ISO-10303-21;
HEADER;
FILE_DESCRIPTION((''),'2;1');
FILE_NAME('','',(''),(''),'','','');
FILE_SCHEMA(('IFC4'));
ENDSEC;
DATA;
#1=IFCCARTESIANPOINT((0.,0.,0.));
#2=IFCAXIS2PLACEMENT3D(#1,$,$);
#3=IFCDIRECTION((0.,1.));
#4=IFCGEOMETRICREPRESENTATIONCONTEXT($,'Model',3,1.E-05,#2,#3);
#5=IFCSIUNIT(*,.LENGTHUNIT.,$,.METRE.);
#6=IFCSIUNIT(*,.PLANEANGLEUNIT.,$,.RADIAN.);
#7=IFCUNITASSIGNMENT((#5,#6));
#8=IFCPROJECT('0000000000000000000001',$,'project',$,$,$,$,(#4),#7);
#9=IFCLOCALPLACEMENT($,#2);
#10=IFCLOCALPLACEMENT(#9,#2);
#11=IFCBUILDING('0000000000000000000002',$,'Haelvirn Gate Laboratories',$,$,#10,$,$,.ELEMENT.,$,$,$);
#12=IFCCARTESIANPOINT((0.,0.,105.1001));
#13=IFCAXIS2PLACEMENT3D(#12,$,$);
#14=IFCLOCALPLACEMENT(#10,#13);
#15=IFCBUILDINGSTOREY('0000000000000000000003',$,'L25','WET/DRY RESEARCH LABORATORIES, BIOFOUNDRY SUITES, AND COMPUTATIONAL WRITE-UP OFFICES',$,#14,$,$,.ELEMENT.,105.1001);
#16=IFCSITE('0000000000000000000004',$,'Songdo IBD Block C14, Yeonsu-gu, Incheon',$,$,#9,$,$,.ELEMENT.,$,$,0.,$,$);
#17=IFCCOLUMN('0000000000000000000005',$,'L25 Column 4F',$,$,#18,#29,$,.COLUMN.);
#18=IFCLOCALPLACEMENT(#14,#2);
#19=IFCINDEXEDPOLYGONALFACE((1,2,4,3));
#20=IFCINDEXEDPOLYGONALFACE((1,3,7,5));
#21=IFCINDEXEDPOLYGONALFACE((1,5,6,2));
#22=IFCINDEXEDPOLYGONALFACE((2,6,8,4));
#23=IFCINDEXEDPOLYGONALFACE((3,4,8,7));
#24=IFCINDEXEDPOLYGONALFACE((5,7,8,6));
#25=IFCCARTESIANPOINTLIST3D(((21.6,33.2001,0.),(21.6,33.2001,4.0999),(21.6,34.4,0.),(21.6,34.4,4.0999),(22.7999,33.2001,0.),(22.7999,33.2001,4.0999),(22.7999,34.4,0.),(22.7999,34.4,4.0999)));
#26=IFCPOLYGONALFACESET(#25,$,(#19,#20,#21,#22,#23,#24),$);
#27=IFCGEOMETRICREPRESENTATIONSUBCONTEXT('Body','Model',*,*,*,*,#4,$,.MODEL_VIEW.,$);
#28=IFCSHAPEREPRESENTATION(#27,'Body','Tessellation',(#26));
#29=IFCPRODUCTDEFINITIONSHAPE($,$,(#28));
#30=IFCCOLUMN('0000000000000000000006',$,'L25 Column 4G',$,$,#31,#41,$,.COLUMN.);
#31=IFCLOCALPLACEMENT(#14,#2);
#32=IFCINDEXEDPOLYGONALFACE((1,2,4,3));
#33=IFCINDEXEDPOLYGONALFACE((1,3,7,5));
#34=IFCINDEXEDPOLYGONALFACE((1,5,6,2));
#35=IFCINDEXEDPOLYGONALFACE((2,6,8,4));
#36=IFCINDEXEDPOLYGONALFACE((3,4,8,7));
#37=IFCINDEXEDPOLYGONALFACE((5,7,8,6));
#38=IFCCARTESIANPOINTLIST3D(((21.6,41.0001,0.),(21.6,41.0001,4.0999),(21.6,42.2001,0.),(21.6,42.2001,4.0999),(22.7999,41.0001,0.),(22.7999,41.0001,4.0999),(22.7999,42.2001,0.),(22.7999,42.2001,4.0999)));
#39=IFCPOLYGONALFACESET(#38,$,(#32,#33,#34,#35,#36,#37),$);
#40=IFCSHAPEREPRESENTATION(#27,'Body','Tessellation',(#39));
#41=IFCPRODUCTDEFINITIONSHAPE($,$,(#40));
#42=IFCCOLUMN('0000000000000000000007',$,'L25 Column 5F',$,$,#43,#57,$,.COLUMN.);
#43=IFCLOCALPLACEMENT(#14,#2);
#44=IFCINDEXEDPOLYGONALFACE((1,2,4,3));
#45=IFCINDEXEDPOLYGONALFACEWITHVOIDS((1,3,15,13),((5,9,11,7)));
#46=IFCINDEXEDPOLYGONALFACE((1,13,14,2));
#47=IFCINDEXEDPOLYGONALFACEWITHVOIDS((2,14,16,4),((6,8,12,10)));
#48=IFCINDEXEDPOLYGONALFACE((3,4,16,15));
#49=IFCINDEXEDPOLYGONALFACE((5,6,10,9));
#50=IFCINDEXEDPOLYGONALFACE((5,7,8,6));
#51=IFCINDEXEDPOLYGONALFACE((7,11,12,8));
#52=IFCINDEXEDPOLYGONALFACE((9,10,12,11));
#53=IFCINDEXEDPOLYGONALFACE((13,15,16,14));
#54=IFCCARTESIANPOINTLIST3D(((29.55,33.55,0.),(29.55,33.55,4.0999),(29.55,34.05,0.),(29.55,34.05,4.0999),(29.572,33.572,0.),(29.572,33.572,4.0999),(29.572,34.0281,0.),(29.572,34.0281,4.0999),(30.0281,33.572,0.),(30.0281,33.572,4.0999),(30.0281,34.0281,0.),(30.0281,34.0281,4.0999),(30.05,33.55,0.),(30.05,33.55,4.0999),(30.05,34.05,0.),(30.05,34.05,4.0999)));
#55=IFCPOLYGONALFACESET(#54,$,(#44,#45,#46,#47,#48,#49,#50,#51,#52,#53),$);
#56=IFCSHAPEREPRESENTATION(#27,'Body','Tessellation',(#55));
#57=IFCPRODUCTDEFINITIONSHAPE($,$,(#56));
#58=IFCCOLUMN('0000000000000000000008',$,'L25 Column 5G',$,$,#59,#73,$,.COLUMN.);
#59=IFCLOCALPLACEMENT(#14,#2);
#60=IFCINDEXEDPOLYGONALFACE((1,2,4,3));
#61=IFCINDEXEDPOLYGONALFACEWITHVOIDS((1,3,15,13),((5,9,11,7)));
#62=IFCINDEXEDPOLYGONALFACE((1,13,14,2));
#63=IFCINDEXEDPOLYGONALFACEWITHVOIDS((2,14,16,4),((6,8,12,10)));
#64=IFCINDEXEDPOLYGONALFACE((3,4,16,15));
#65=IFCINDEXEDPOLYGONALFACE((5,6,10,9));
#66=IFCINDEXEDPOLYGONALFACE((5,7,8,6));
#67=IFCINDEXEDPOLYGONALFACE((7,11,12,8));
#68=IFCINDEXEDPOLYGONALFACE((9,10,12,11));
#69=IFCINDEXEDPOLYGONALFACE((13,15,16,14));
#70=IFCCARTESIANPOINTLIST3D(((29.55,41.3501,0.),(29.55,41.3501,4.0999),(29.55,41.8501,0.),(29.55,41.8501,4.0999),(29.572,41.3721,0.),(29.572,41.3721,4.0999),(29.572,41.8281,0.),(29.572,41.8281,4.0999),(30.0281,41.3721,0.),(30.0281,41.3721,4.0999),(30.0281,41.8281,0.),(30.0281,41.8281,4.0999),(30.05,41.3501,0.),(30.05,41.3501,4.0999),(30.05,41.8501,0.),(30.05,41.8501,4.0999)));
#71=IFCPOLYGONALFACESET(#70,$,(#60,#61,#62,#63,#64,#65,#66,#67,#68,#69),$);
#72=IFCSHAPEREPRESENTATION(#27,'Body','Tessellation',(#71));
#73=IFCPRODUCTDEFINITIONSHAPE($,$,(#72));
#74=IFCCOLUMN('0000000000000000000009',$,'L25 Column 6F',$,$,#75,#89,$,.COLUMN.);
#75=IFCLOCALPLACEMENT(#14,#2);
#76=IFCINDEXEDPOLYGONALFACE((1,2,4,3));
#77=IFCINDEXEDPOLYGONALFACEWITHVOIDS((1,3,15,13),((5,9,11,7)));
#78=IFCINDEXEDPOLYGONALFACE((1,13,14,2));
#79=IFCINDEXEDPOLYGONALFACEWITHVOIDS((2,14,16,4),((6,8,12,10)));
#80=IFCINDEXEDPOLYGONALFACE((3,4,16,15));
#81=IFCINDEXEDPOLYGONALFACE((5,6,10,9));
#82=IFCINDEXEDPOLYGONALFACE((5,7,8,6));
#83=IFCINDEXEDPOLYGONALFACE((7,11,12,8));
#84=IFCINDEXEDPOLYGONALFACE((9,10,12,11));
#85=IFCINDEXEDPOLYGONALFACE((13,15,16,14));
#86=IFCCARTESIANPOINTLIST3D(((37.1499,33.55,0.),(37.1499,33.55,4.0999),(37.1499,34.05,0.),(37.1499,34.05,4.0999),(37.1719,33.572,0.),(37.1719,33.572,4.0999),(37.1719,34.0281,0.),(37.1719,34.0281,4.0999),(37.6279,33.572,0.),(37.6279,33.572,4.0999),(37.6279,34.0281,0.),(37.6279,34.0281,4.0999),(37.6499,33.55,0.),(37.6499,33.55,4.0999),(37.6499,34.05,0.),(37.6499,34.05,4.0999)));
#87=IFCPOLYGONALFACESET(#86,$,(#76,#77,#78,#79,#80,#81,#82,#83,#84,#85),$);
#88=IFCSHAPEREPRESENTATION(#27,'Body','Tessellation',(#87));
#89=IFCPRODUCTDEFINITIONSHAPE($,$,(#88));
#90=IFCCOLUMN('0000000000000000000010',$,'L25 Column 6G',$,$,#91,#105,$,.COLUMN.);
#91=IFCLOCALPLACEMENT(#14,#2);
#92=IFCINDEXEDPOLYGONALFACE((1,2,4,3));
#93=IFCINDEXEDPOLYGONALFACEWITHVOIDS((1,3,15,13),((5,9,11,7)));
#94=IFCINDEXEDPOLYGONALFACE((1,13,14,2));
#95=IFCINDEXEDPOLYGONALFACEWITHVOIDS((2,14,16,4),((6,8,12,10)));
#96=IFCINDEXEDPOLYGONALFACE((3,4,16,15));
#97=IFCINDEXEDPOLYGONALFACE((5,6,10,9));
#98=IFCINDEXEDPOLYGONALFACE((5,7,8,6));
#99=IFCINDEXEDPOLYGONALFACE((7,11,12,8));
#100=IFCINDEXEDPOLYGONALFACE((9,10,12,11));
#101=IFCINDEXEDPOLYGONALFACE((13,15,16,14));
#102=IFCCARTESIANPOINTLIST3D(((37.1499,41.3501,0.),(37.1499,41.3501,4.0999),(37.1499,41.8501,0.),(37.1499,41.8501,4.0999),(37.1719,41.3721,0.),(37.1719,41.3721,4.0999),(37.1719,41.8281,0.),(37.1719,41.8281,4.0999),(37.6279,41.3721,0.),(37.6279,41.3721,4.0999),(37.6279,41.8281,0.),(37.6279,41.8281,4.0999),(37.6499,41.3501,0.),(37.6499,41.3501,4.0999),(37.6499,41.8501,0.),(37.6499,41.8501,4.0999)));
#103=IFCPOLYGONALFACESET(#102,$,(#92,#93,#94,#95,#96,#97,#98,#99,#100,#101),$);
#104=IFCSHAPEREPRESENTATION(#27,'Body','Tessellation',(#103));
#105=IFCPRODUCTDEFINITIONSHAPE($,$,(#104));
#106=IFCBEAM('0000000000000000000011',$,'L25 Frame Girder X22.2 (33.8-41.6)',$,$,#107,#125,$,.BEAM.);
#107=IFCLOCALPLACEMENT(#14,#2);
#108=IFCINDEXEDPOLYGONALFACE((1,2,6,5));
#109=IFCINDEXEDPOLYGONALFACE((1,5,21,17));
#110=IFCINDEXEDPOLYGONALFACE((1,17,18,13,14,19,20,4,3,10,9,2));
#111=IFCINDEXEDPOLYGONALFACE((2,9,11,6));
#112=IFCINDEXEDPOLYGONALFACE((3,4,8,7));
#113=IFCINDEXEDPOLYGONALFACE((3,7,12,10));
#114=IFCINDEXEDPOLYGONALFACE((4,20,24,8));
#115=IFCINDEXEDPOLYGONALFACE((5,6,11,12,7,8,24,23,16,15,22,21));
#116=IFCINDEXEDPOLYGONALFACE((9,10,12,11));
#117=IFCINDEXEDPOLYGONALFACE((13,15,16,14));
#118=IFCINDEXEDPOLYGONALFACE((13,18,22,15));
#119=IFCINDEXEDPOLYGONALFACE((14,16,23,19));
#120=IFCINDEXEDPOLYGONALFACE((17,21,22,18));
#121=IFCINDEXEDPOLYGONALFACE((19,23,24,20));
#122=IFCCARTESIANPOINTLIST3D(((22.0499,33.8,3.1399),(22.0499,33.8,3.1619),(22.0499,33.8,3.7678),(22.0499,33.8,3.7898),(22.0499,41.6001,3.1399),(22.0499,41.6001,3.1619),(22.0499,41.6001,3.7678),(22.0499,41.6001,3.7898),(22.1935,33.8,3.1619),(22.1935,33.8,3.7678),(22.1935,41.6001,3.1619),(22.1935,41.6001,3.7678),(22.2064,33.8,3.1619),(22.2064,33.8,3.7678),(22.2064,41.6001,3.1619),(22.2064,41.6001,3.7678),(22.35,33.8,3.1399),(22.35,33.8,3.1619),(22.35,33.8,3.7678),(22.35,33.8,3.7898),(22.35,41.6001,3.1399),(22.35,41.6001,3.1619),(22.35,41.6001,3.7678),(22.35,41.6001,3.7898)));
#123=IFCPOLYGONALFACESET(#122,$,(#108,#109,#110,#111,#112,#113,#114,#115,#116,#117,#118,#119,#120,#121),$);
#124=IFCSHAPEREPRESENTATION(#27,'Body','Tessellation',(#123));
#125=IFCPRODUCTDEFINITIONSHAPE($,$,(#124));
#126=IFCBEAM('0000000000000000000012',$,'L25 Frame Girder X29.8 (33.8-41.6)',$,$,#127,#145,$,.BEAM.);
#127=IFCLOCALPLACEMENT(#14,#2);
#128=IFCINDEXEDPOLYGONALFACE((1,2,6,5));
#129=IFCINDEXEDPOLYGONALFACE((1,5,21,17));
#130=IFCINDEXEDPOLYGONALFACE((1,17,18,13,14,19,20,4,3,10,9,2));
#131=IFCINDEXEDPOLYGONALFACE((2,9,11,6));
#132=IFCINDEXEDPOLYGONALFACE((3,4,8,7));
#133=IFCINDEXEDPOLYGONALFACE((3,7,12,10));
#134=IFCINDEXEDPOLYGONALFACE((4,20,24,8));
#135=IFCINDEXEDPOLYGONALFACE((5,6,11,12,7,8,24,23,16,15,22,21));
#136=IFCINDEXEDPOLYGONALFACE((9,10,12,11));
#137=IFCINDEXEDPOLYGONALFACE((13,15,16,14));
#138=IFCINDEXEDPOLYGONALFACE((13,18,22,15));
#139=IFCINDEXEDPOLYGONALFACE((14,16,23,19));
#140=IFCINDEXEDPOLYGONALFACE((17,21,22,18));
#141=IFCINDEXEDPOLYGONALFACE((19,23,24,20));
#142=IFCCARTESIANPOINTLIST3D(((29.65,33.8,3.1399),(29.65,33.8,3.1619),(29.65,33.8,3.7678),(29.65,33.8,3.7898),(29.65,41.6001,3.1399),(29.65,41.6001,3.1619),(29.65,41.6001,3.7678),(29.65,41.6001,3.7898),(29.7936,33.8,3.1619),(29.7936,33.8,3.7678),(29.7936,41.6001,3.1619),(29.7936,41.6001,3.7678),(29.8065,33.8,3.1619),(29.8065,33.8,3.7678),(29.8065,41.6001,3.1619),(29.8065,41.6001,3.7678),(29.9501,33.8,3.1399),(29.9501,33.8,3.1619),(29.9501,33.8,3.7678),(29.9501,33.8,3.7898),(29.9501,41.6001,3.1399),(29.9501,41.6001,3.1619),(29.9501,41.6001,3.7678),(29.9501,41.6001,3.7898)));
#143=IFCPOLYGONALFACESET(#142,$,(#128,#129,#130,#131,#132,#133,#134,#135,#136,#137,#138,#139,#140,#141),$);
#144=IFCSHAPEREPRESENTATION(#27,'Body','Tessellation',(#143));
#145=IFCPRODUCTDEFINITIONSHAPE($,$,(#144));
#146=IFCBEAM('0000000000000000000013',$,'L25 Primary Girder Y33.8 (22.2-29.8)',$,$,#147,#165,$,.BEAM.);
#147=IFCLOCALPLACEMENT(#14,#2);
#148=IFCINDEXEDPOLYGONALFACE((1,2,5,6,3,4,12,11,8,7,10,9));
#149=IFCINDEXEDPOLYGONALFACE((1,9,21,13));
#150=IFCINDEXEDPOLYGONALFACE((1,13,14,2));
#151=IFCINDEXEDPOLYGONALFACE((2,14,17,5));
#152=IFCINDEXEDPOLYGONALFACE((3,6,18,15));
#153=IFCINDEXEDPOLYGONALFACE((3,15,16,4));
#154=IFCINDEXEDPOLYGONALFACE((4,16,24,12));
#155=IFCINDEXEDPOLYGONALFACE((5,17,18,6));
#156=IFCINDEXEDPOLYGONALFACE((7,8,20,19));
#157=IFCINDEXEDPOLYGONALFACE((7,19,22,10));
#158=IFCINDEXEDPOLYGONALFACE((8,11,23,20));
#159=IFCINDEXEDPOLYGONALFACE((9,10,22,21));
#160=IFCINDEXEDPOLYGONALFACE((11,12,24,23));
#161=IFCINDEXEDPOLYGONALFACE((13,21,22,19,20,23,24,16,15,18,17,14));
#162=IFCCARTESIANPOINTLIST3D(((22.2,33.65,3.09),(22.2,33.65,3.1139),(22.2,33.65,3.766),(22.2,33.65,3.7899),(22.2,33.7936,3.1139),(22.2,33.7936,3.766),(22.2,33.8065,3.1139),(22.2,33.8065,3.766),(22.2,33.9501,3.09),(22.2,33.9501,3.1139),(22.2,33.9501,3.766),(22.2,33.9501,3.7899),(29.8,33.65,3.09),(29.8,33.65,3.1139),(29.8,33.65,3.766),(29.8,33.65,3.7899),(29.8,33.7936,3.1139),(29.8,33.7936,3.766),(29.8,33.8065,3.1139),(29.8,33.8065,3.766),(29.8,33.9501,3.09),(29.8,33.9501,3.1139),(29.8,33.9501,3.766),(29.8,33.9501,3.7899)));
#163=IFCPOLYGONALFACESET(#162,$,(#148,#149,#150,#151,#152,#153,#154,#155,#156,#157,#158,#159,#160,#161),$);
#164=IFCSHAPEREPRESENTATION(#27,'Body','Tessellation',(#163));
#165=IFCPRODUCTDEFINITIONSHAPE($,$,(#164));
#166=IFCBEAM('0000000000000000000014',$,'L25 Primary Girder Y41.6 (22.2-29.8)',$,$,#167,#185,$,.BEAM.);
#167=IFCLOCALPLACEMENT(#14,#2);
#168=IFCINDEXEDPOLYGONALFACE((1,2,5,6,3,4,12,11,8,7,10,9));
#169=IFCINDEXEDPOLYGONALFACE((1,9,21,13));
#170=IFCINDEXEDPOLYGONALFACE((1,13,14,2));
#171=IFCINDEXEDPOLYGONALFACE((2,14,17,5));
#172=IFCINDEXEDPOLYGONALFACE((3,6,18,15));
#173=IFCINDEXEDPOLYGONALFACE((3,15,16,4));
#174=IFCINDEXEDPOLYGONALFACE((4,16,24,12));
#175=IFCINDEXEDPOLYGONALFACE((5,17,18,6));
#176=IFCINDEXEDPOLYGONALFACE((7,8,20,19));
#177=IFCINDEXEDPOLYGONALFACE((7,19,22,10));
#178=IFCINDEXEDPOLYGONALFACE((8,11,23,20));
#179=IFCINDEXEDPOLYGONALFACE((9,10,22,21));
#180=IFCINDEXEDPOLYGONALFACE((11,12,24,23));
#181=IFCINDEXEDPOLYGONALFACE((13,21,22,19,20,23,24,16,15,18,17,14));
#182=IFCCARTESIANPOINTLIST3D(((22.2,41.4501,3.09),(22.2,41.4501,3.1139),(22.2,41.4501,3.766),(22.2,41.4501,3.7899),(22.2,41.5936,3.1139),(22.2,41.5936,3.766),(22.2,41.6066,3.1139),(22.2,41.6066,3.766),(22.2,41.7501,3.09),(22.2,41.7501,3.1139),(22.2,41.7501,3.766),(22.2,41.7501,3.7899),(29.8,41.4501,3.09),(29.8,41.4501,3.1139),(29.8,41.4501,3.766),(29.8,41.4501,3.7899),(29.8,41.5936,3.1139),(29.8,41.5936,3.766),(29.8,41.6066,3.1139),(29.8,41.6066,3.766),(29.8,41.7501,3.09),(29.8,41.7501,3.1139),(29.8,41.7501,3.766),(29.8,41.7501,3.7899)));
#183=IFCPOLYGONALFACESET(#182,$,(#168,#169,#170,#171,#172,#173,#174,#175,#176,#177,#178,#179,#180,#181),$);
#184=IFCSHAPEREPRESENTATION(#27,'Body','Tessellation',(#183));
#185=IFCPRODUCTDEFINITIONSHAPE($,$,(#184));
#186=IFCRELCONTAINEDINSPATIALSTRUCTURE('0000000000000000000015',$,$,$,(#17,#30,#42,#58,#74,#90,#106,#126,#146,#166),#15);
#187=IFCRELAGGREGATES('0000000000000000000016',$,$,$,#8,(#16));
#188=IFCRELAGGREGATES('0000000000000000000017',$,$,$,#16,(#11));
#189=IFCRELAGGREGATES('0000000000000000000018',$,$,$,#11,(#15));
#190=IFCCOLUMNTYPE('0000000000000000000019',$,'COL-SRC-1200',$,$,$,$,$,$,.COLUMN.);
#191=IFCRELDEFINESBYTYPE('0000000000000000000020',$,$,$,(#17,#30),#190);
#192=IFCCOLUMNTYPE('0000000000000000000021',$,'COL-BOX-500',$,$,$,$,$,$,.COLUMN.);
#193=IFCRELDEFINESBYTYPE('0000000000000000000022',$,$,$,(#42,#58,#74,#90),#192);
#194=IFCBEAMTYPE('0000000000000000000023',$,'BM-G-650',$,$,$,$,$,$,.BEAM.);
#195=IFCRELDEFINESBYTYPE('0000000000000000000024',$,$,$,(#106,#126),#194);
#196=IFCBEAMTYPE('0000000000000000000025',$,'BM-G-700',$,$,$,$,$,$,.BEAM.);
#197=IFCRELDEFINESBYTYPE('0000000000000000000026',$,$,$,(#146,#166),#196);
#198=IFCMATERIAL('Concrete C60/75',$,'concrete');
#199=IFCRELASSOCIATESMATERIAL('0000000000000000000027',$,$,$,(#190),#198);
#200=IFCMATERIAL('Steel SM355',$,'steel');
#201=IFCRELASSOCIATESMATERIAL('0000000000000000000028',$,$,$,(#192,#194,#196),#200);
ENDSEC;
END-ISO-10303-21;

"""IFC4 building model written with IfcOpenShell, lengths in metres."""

from ifc_helpers import new_model, si_unit, direction, frame, origin, origin_2d, place, context, subcontext, project, spatial, rectangle, hollow_rectangle, i_section, extrude, source, transform, mapped, material, material_profile, profile_set, type_object, type_shapes, element, save


model = new_model("IFC4")

# Units and contexts
model_context = context("Model", 3, precision=1e-05, world=origin(), true_north=direction((0.0, 1.0)))
body_context = subcontext(model_context, "Body", "Model", "MODEL_VIEW")
ifc_project = project(units=[si_unit("LENGTHUNIT", "METRE"), si_unit("PLANEANGLEUNIT", "RADIAN")], contexts=[model_context])

# Site, building, storey
site_placement = place(None, origin())
site = spatial("IfcSite", under=ifc_project, at=site_placement, Name="Songdo IBD Block C14, Yeonsu-gu, Incheon", CompositionType="ELEMENT", RefElevation=0.0)
building_placement = place(site_placement, origin())
building = spatial("IfcBuilding", under=site, at=building_placement, Name="Haelvirn Gate Laboratories", CompositionType="ELEMENT")
storey_placement = place(building_placement, frame((0.0, 0.0, 105.1001)))
storey = spatial("IfcBuildingStorey", under=building, at=storey_placement, Name="L25", Description="WET/DRY RESEARCH LABORATORIES, BIOFOUNDRY SUITES, AND COMPUTATIONAL WRITE-UP OFFICES", CompositionType="ELEMENT", Elevation=105.1001)

# Columns
ifc_material_1 = material(Name="Concrete C60/75", Category="concrete")
ifc_material_profile_1 = material_profile(ifc_material_1, rectangle(XDim=1.2, YDim=1.2, at=origin_2d()), Name="SRC-1200x1200")
ifc_profile_set_1 = profile_set([ifc_material_profile_1], Name="Concrete C60/75")
column_type_1 = type_object("IfcColumnType", Name="COL-SRC-1200", PredefinedType="COLUMN", material=ifc_profile_set_1)
shared_shape_1 = source(origin(), body_context, "Body", "SweptSolid", [
    extrude(rectangle(XDim=1.2, YDim=1.2, at=origin_2d()), origin(), (0.0, 0.0, 1.0), 4.0999),
])
type_shapes(column_type_1, [shared_shape_1])
for number, where, z_axis, x_axis, name in (
    (1, (22.2, 33.8, 0.0), (0.0, 0.0, 1.0), (1.0, 0.0, 0.0), "L25 Column 4F"),
    (2, (22.2, 41.6001, 0.0), (0.0, 0.0, 1.0), (1.0, 0.0, 0.0), "L25 Column 4G"),
):
    element("IfcColumn", number, at=place(storey_placement, frame(where, z_axis=z_axis, x_axis=x_axis)), inside=storey, type_object=column_type_1, Name=name, PredefinedType="COLUMN", context=body_context, shape_type="MappedRepresentation", body=[
        mapped(shared_shape_1, transform((0.0, 0.0, 0.0), scale=1.0)),
    ])
ifc_material_2 = material(Name="Steel SM355", Category="steel")
ifc_material_profile_2 = material_profile(ifc_material_2, hollow_rectangle(XDim=0.5, YDim=0.5, WallThickness=0.022, at=origin_2d()), Name="BOX-500x500x22")
ifc_profile_set_2 = profile_set([ifc_material_profile_2], Name="Steel SM355")
column_type_2 = type_object("IfcColumnType", Name="COL-BOX-500", PredefinedType="COLUMN", material=ifc_profile_set_2)
shared_shape_2 = source(origin(), body_context, "Body", "SweptSolid", [
    extrude(hollow_rectangle(XDim=0.5, YDim=0.5, WallThickness=0.022, at=origin_2d()), origin(), (0.0, 0.0, 1.0), 4.0999),
])
type_shapes(column_type_2, [shared_shape_2])
for number, where, z_axis, x_axis, name in (
    (3, (29.8, 33.8, 0.0), (0.0, 0.0, 1.0), (1.0, 0.0, 0.0), "L25 Column 5F"),
    (4, (29.8, 41.6001, 0.0), (0.0, 0.0, 1.0), (1.0, 0.0, 0.0), "L25 Column 5G"),
    (5, (37.3999, 33.8, 0.0), (0.0, 0.0, 1.0), (1.0, 0.0, 0.0), "L25 Column 6F"),
    (6, (37.3999, 41.6001, 0.0), (0.0, 0.0, 1.0), (1.0, 0.0, 0.0), "L25 Column 6G"),
):
    element("IfcColumn", number, at=place(storey_placement, frame(where, z_axis=z_axis, x_axis=x_axis)), inside=storey, type_object=column_type_2, Name=name, PredefinedType="COLUMN", context=body_context, shape_type="MappedRepresentation", body=[
        mapped(shared_shape_2, transform((0.0, 0.0, 0.0), scale=1.0)),
    ])

# Beams
ifc_material_profile_3 = material_profile(ifc_material_2, i_section(OverallWidth=0.3, OverallDepth=0.6499, WebThickness=0.0129, FlangeThickness=0.022, at=origin_2d()), Name="H-650x300x13x22")
ifc_profile_set_3 = profile_set([ifc_material_profile_3], Name="Steel SM355")
beam_type_1 = type_object("IfcBeamType", Name="BM-G-650", PredefinedType="BEAM", material=ifc_profile_set_3)
shared_shape_3 = source(origin(), body_context, "Body", "SweptSolid", [
    extrude(i_section(OverallWidth=0.3, OverallDepth=0.6499, WebThickness=0.0129, FlangeThickness=0.022, at=origin_2d()), origin(), (0.0, 0.0, 1.0), 7.8),
])
type_shapes(beam_type_1, [shared_shape_3])
for number, where, z_axis, x_axis, name in (
    (7, (22.2, 33.8, 3.4648), (0.0, 1.0, 0.0), (-1.0, 0.0, 0.0), "L25 Frame Girder X22.2 (33.8-41.6)"),
    (8, (29.8, 33.8, 3.4648), (0.0, 1.0, 0.0), (-1.0, 0.0, 0.0), "L25 Frame Girder X29.8 (33.8-41.6)"),
):
    element("IfcBeam", number, at=place(storey_placement, frame(where, z_axis=z_axis, x_axis=x_axis)), inside=storey, type_object=beam_type_1, Name=name, PredefinedType="BEAM", context=body_context, shape_type="MappedRepresentation", body=[
        mapped(shared_shape_3, transform((0.0, 0.0, 0.0), scale=1.0)),
    ])
ifc_material_profile_4 = material_profile(ifc_material_2, i_section(OverallWidth=0.3, OverallDepth=0.7, WebThickness=0.0129, FlangeThickness=0.0239, at=origin_2d()), Name="H-700x300x13x24")
ifc_profile_set_4 = profile_set([ifc_material_profile_4], Name="Steel SM355")
beam_type_2 = type_object("IfcBeamType", Name="BM-G-700", PredefinedType="BEAM", material=ifc_profile_set_4)
shared_shape_4 = source(origin(), body_context, "Body", "SweptSolid", [
    extrude(i_section(OverallWidth=0.3, OverallDepth=0.7, WebThickness=0.0129, FlangeThickness=0.0239, at=origin_2d()), origin(), (0.0, 0.0, 1.0), 7.6001),
])
for number, where, z_axis, x_axis, name in (
    (9, (22.2, 33.8, 3.4399), (1.0, 0.0, 0.0), (0.0, 1.0, 0.0), "L25 Primary Girder Y33.8 (22.2-29.8)"),
    (10, (22.2, 41.6001, 3.4399), (1.0, 0.0, 0.0), (0.0, 1.0, 0.0), "L25 Primary Girder Y41.6 (22.2-29.8)"),
):
    element("IfcBeam", number, at=place(storey_placement, frame(where, z_axis=z_axis, x_axis=x_axis)), inside=storey, type_object=beam_type_2, Name=name, PredefinedType="BEAM", context=body_context, shape_type="MappedRepresentation", body=[
        mapped(shared_shape_4, transform((0.0, 0.0, 0.0), scale=1.0)),
    ])

save(model, "model.ifc")
